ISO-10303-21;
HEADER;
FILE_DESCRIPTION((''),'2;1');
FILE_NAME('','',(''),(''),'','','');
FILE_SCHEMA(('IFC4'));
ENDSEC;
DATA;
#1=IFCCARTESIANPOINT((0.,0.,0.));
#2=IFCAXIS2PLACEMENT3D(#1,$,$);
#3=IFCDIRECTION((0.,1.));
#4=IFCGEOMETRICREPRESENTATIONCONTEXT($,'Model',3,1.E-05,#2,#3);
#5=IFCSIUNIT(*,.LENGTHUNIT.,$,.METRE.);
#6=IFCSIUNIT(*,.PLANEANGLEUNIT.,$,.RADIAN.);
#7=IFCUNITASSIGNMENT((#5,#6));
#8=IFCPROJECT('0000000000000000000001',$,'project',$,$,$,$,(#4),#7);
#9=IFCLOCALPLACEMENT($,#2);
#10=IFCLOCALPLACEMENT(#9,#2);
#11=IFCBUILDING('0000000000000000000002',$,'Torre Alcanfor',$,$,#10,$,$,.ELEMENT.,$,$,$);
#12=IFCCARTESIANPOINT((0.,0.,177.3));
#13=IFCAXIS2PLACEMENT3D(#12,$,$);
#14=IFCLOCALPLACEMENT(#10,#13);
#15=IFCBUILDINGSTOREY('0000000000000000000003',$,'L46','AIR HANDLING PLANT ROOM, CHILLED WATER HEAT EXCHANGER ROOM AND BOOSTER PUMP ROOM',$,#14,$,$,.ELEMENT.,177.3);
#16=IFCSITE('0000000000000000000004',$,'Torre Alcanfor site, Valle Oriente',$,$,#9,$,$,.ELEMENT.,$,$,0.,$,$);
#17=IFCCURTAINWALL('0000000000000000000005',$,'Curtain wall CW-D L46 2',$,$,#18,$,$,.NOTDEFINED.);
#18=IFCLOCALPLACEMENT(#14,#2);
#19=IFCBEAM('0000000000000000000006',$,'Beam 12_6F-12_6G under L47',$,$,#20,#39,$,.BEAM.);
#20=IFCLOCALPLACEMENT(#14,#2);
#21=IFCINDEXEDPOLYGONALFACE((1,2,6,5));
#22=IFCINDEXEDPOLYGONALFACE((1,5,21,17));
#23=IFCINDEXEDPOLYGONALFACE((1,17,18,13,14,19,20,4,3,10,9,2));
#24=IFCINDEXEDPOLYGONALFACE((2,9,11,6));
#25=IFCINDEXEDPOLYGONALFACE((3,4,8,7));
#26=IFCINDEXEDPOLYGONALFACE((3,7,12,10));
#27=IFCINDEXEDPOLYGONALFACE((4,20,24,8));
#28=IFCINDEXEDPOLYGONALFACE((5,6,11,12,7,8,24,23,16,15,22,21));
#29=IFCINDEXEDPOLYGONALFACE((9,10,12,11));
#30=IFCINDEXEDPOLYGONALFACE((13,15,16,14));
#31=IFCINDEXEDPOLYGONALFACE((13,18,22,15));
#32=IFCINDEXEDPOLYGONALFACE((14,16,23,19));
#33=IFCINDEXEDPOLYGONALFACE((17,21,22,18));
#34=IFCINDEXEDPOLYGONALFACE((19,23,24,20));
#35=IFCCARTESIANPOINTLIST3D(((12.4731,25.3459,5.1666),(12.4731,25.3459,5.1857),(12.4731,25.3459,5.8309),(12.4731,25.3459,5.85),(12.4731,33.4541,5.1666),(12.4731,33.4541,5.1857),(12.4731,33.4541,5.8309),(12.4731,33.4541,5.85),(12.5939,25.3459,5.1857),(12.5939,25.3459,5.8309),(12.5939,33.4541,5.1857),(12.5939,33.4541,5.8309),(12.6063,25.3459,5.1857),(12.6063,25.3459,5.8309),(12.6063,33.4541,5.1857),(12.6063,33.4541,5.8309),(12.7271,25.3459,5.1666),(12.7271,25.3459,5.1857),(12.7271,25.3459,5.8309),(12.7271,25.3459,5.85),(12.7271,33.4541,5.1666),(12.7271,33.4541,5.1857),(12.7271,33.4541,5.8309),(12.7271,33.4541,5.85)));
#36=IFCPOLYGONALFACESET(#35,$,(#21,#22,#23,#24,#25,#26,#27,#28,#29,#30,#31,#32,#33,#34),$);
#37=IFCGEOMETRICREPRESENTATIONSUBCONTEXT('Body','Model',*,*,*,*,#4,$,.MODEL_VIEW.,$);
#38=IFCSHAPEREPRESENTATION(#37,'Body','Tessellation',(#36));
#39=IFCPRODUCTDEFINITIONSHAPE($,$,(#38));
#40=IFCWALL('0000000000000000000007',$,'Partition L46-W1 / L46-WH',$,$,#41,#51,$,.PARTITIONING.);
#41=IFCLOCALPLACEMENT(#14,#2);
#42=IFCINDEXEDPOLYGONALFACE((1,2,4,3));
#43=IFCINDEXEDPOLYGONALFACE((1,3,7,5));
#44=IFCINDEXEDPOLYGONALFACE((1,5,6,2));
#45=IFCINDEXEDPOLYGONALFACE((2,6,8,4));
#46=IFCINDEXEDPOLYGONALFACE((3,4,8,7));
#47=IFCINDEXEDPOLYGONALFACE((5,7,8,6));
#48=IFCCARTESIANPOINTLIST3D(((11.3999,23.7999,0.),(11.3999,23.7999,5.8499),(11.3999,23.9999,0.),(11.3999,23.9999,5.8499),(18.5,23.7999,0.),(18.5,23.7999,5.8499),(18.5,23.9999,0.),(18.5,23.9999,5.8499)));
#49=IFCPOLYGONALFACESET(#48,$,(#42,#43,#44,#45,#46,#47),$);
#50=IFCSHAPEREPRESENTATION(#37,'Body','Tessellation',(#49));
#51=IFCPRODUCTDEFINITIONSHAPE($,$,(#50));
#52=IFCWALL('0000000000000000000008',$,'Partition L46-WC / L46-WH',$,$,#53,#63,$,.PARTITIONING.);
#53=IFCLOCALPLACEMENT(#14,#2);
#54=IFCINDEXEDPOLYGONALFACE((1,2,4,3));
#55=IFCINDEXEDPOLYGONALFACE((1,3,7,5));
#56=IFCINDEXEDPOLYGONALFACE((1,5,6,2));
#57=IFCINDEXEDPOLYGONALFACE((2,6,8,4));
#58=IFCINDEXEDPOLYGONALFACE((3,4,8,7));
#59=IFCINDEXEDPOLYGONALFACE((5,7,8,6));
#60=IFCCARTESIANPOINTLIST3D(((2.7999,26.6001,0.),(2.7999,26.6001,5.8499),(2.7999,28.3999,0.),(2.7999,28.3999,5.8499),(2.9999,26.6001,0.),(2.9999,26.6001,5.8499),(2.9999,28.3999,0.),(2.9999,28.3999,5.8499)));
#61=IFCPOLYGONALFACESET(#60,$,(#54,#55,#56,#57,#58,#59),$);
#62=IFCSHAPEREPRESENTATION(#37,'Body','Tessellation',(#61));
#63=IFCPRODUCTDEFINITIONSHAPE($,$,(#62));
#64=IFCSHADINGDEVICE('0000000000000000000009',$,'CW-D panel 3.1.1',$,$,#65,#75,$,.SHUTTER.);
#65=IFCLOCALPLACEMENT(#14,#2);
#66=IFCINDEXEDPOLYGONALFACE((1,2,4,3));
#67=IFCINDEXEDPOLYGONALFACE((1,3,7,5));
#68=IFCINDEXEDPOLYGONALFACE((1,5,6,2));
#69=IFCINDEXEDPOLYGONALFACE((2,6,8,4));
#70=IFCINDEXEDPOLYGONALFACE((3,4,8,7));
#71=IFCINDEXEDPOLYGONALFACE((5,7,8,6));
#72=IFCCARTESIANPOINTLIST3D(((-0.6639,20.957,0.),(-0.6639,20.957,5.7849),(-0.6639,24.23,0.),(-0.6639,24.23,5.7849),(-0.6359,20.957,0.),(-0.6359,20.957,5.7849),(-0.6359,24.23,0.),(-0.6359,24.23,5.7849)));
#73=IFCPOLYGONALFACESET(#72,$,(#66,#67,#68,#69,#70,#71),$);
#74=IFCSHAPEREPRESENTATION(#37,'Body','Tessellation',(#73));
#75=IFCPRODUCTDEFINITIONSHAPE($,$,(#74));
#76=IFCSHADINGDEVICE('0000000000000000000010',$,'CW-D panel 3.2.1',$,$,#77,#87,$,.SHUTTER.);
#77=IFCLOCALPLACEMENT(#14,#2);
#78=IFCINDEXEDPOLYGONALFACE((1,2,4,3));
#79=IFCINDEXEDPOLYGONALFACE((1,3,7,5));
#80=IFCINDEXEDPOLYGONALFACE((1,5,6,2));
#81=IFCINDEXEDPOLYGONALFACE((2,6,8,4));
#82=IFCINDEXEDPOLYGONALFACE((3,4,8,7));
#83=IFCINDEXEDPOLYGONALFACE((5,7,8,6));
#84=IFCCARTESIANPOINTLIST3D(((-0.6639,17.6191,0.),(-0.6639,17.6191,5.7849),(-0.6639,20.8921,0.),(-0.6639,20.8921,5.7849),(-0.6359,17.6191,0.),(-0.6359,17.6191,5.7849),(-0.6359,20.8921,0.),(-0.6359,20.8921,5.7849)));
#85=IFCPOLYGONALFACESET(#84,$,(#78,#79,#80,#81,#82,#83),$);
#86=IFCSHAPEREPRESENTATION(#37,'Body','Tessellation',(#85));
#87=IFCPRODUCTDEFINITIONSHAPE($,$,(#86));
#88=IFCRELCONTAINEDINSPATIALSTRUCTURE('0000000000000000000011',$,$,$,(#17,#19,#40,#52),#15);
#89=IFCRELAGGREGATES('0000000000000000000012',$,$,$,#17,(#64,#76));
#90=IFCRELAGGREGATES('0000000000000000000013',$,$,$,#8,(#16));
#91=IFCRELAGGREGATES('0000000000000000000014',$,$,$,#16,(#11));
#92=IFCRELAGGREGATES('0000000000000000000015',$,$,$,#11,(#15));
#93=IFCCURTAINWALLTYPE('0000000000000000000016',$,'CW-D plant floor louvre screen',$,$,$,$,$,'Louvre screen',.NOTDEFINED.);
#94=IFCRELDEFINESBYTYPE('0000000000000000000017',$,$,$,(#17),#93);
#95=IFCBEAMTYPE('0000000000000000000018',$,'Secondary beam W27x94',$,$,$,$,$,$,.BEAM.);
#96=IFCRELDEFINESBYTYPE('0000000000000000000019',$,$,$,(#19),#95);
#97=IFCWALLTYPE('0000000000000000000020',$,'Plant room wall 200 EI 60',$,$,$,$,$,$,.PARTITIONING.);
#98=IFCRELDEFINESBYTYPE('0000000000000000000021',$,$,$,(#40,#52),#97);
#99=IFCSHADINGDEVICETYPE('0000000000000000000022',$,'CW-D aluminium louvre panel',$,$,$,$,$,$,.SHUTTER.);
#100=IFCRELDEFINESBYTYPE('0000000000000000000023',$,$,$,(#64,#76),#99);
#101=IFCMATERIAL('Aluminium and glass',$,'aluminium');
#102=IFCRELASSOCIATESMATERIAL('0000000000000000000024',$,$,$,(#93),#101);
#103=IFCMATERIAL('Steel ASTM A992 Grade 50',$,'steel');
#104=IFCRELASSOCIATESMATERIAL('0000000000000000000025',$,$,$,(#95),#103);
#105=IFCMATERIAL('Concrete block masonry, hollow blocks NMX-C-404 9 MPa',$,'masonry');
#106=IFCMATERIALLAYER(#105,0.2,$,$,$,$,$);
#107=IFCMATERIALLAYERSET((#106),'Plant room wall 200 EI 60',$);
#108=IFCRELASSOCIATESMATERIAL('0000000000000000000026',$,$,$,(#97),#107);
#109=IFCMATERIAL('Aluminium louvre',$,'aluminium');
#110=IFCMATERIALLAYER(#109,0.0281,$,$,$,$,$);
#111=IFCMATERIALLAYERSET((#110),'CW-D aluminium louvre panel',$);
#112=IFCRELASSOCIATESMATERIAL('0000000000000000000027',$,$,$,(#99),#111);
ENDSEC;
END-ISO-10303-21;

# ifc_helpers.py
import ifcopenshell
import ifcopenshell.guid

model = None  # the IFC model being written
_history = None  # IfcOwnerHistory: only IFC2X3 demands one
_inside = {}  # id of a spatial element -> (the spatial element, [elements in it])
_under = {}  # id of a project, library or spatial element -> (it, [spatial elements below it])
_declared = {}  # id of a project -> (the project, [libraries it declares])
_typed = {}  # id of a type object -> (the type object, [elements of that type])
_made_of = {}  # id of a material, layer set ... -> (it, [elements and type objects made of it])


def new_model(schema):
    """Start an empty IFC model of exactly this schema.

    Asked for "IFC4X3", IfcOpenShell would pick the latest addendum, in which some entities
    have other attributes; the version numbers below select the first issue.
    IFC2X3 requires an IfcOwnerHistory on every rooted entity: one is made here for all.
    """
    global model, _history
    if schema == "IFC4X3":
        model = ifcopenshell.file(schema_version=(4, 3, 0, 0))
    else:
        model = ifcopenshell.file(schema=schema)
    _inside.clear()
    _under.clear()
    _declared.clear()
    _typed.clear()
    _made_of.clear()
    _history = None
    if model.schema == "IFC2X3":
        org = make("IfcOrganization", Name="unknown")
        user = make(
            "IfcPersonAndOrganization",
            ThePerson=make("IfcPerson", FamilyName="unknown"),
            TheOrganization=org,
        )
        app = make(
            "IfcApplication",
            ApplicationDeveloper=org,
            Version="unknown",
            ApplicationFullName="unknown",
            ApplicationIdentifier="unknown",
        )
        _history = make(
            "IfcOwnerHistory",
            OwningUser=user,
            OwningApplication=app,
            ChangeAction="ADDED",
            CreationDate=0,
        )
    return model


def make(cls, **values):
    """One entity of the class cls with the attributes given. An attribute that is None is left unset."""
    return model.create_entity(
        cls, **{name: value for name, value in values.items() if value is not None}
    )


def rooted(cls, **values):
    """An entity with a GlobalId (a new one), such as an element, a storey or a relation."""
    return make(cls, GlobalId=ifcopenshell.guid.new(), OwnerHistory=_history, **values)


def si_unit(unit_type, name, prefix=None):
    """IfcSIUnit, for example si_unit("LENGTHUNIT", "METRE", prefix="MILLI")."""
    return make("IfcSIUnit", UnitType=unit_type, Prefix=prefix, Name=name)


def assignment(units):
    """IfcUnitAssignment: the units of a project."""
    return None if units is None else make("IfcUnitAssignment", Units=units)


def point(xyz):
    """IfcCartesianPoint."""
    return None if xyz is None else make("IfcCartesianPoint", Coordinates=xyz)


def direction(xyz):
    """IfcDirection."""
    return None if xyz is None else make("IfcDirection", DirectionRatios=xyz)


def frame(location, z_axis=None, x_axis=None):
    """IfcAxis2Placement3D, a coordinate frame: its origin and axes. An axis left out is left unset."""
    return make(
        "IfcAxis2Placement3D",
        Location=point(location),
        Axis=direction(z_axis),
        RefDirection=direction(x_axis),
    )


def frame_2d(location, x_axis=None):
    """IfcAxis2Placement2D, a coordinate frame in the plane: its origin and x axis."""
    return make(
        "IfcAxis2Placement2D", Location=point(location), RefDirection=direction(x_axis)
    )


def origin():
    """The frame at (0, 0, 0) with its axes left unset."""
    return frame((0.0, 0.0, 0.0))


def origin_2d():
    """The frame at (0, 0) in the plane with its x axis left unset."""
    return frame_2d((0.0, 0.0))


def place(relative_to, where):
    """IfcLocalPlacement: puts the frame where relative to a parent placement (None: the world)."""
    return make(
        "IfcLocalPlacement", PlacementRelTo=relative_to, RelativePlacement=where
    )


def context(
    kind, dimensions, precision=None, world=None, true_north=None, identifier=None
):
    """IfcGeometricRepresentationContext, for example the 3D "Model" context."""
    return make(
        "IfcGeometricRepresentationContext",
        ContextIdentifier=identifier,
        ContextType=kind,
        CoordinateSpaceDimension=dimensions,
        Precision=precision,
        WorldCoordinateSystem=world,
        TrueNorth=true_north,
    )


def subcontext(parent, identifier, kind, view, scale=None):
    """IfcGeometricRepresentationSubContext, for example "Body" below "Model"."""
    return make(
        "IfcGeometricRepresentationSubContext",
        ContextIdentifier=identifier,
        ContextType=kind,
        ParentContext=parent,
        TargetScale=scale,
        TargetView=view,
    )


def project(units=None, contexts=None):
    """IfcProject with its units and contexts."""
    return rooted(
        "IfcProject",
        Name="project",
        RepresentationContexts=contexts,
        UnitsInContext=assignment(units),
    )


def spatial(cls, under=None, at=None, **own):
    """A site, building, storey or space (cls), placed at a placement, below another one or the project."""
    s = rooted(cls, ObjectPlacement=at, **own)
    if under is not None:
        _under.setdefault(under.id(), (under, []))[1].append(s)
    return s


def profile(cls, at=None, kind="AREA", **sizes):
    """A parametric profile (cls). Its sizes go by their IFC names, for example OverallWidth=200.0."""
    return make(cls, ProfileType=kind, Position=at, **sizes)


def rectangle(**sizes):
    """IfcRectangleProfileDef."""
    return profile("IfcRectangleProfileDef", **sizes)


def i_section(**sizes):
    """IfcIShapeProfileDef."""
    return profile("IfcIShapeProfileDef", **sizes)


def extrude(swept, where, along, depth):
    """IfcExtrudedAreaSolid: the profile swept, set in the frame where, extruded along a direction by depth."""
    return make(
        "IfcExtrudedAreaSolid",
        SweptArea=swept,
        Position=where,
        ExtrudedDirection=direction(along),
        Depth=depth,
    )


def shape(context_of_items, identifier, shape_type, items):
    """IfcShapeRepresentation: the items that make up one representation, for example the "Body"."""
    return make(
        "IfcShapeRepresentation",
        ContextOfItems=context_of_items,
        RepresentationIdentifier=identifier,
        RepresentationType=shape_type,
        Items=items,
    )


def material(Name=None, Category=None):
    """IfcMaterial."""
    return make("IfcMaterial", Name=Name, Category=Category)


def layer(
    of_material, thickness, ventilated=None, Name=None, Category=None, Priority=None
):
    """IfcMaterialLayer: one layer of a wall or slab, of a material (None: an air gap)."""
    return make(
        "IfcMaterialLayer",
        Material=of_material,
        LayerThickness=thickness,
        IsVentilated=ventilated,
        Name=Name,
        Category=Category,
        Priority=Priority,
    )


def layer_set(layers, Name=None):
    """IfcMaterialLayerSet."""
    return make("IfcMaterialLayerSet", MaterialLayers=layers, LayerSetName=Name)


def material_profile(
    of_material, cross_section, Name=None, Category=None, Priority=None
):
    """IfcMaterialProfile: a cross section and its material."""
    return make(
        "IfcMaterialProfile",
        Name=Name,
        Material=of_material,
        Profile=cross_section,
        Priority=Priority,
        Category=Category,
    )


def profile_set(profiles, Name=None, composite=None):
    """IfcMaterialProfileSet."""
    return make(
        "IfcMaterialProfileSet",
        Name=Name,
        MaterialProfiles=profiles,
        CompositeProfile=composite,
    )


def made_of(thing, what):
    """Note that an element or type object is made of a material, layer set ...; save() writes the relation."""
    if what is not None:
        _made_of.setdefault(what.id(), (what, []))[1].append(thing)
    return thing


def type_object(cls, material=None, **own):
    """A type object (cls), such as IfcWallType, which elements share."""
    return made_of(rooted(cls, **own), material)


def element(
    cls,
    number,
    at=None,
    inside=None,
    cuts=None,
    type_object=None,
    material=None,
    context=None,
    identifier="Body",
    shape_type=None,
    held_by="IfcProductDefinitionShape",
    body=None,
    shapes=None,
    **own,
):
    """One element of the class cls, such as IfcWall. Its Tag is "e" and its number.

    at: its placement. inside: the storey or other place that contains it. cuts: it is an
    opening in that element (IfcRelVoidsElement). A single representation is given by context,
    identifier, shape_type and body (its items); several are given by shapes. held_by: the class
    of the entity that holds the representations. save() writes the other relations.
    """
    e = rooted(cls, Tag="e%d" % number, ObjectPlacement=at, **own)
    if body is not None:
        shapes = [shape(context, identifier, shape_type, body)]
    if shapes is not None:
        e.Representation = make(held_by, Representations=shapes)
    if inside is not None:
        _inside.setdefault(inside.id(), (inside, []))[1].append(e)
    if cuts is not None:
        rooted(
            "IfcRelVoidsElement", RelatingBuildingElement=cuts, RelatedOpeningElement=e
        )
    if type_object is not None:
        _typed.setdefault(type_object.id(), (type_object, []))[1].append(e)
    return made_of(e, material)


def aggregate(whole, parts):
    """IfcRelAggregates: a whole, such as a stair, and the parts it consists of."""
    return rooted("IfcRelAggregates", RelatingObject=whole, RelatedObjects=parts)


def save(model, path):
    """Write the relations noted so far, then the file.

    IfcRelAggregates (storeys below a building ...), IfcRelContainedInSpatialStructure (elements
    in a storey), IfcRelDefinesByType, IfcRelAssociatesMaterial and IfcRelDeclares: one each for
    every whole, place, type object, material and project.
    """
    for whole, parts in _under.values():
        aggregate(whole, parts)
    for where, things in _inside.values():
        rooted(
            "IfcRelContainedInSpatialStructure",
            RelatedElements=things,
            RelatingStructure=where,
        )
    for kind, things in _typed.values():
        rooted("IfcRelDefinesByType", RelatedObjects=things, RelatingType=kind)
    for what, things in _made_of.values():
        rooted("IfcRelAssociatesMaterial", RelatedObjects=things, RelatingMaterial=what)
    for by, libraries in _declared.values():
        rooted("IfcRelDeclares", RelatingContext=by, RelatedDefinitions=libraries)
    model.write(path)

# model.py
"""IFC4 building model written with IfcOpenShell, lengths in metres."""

from ifc_helpers import new_model, si_unit, direction, frame, frame_2d, origin, origin_2d, place, context, subcontext, project, spatial, rectangle, i_section, extrude, material, layer, layer_set, material_profile, profile_set, type_object, element, aggregate, save


model = new_model("IFC4")

# Units and contexts
model_context = context("Model", 3, precision=1e-05, world=origin(), true_north=direction((0.0, 1.0)))
body_context = subcontext(model_context, "Body", "Model", "MODEL_VIEW")
ifc_project = project(units=[si_unit("LENGTHUNIT", "METRE"), si_unit("PLANEANGLEUNIT", "RADIAN")], contexts=[model_context])

# Site, building, storey
site_placement = place(None, origin())
site = spatial("IfcSite", under=ifc_project, at=site_placement, Name="Torre Alcanfor site, Valle Oriente", CompositionType="ELEMENT", RefElevation=0.0)
building_placement = place(site_placement, origin())
building = spatial("IfcBuilding", under=site, at=building_placement, Name="Torre Alcanfor", CompositionType="ELEMENT")
storey_placement = place(building_placement, frame((0.0, 0.0, 177.3)))
storey = spatial("IfcBuildingStorey", under=building, at=storey_placement, Name="L46", Description="AIR HANDLING PLANT ROOM, CHILLED WATER HEAT EXCHANGER ROOM AND BOOSTER PUMP ROOM", CompositionType="ELEMENT", Elevation=177.3)

# Curtain wall
ifc_material_1 = material(Name="Aluminium and glass", Category="aluminium")
curtain_wall_type = type_object("IfcCurtainWallType", Name="CW-D plant floor louvre screen", ElementType="Louvre screen", PredefinedType="NOTDEFINED", material=ifc_material_1)
curtain_wall_placement = place(storey_placement, origin())
curtain_wall = element("IfcCurtainWall", 1, at=curtain_wall_placement, inside=storey, type_object=curtain_wall_type, Name="Curtain wall CW-D L46 2", PredefinedType="NOTDEFINED")

# Beam
ifc_material_2 = material(Name="Steel ASTM A992 Grade 50", Category="steel")
ifc_material_profile_1 = material_profile(ifc_material_2, i_section(OverallWidth=0.2539, OverallDepth=0.6833, WebThickness=0.0125, FlangeThickness=0.019, at=origin_2d()), Name="W27x94")
ifc_profile_set_1 = profile_set([ifc_material_profile_1], Name="Steel ASTM A992 Grade 50")
beam_type_1 = type_object("IfcBeamType", Name="Secondary beam W27x94", PredefinedType="BEAM", material=ifc_profile_set_1)
beam_1_placement = place(storey_placement, frame((12.6001, 25.3459, 5.5083), z_axis=(0.0, 1.0, 0.0), x_axis=(-1.0, 0.0, 0.0)))
element("IfcBeam", 2, at=beam_1_placement, inside=storey, type_object=beam_type_1, Name="Beam 12_6F-12_6G under L47", PredefinedType="BEAM", context=body_context, shape_type="SweptSolid", body=[
    extrude(i_section(OverallWidth=0.2539, OverallDepth=0.6833, WebThickness=0.0125, FlangeThickness=0.019, at=origin_2d()), origin(), (0.0, 0.0, 1.0), 8.1082),
])

# Walls
ifc_material_3 = material(Name="Concrete block masonry, hollow blocks NMX-C-404 9 MPa", Category="masonry")
ifc_layer_1 = layer(ifc_material_3, 0.2)
ifc_layer_set_1 = layer_set([ifc_layer_1], Name="Plant room wall 200 EI 60")
wall_type = type_object("IfcWallType", Name="Plant room wall 200 EI 60", PredefinedType="PARTITIONING", material=ifc_layer_set_1)
wall_1_placement = place(storey_placement, frame((11.3999, 23.8999, 0.0), z_axis=(0.0, 0.0, 1.0), x_axis=(1.0, 0.0, 0.0)))
element("IfcWall", 3, at=wall_1_placement, inside=storey, type_object=wall_type, Name="Partition L46-W1 / L46-WH", PredefinedType="PARTITIONING", context=body_context, shape_type="SweptSolid", body=[
    extrude(rectangle(XDim=7.1001, YDim=0.2, at=frame_2d((3.55, 0.0))), origin(), (0.0, 0.0, 1.0), 5.8499),
])
wall_2_placement = place(storey_placement, frame((2.8999, 26.6001, 0.0), z_axis=(0.0, 0.0, 1.0), x_axis=(0.0, 1.0, 0.0)))
element("IfcWall", 4, at=wall_2_placement, inside=storey, type_object=wall_type, Name="Partition L46-WC / L46-WH", PredefinedType="PARTITIONING", context=body_context, shape_type="SweptSolid", body=[
    extrude(rectangle(XDim=1.7998, YDim=0.2, at=frame_2d((0.8999, 0.0))), origin(), (0.0, 0.0, 1.0), 5.8499),
])

# Shading devices
ifc_material_4 = material(Name="Aluminium louvre", Category="aluminium")
ifc_layer_2 = layer(ifc_material_4, 0.0281)
ifc_layer_set_2 = layer_set([ifc_layer_2], Name="CW-D aluminium louvre panel")
shading_device_type = type_object("IfcShadingDeviceType", Name="CW-D aluminium louvre panel", PredefinedType="SHUTTER", material=ifc_layer_set_2)
shading_device_1_placement = place(storey_placement, frame((-0.6499, 22.5935, 0.0), z_axis=(0.0, 0.0, 1.0), x_axis=(0.0, -1.0, 0.0)))
shading_device_1 = element("IfcShadingDevice", 5, at=shading_device_1_placement, type_object=shading_device_type, Name="CW-D panel 3.1.1", PredefinedType="SHUTTER", context=body_context, shape_type="SweptSolid", body=[
    extrude(rectangle(XDim=3.2729, YDim=0.0281, at=origin_2d()), origin(), (0.0, 0.0, 1.0), 5.7849),
])
shading_device_2_placement = place(storey_placement, frame((-0.6499, 19.2556, 0.0), z_axis=(0.0, 0.0, 1.0), x_axis=(0.0, -1.0, 0.0)))
shading_device_2 = element("IfcShadingDevice", 6, at=shading_device_2_placement, type_object=shading_device_type, Name="CW-D panel 3.2.1", PredefinedType="SHUTTER", context=body_context, shape_type="SweptSolid", body=[
    extrude(rectangle(XDim=3.2729, YDim=0.0281, at=origin_2d()), origin(), (0.0, 0.0, 1.0), 5.7849),
])
aggregate(curtain_wall, [shading_device_1, shading_device_2])

save(model, "model.ifc")
